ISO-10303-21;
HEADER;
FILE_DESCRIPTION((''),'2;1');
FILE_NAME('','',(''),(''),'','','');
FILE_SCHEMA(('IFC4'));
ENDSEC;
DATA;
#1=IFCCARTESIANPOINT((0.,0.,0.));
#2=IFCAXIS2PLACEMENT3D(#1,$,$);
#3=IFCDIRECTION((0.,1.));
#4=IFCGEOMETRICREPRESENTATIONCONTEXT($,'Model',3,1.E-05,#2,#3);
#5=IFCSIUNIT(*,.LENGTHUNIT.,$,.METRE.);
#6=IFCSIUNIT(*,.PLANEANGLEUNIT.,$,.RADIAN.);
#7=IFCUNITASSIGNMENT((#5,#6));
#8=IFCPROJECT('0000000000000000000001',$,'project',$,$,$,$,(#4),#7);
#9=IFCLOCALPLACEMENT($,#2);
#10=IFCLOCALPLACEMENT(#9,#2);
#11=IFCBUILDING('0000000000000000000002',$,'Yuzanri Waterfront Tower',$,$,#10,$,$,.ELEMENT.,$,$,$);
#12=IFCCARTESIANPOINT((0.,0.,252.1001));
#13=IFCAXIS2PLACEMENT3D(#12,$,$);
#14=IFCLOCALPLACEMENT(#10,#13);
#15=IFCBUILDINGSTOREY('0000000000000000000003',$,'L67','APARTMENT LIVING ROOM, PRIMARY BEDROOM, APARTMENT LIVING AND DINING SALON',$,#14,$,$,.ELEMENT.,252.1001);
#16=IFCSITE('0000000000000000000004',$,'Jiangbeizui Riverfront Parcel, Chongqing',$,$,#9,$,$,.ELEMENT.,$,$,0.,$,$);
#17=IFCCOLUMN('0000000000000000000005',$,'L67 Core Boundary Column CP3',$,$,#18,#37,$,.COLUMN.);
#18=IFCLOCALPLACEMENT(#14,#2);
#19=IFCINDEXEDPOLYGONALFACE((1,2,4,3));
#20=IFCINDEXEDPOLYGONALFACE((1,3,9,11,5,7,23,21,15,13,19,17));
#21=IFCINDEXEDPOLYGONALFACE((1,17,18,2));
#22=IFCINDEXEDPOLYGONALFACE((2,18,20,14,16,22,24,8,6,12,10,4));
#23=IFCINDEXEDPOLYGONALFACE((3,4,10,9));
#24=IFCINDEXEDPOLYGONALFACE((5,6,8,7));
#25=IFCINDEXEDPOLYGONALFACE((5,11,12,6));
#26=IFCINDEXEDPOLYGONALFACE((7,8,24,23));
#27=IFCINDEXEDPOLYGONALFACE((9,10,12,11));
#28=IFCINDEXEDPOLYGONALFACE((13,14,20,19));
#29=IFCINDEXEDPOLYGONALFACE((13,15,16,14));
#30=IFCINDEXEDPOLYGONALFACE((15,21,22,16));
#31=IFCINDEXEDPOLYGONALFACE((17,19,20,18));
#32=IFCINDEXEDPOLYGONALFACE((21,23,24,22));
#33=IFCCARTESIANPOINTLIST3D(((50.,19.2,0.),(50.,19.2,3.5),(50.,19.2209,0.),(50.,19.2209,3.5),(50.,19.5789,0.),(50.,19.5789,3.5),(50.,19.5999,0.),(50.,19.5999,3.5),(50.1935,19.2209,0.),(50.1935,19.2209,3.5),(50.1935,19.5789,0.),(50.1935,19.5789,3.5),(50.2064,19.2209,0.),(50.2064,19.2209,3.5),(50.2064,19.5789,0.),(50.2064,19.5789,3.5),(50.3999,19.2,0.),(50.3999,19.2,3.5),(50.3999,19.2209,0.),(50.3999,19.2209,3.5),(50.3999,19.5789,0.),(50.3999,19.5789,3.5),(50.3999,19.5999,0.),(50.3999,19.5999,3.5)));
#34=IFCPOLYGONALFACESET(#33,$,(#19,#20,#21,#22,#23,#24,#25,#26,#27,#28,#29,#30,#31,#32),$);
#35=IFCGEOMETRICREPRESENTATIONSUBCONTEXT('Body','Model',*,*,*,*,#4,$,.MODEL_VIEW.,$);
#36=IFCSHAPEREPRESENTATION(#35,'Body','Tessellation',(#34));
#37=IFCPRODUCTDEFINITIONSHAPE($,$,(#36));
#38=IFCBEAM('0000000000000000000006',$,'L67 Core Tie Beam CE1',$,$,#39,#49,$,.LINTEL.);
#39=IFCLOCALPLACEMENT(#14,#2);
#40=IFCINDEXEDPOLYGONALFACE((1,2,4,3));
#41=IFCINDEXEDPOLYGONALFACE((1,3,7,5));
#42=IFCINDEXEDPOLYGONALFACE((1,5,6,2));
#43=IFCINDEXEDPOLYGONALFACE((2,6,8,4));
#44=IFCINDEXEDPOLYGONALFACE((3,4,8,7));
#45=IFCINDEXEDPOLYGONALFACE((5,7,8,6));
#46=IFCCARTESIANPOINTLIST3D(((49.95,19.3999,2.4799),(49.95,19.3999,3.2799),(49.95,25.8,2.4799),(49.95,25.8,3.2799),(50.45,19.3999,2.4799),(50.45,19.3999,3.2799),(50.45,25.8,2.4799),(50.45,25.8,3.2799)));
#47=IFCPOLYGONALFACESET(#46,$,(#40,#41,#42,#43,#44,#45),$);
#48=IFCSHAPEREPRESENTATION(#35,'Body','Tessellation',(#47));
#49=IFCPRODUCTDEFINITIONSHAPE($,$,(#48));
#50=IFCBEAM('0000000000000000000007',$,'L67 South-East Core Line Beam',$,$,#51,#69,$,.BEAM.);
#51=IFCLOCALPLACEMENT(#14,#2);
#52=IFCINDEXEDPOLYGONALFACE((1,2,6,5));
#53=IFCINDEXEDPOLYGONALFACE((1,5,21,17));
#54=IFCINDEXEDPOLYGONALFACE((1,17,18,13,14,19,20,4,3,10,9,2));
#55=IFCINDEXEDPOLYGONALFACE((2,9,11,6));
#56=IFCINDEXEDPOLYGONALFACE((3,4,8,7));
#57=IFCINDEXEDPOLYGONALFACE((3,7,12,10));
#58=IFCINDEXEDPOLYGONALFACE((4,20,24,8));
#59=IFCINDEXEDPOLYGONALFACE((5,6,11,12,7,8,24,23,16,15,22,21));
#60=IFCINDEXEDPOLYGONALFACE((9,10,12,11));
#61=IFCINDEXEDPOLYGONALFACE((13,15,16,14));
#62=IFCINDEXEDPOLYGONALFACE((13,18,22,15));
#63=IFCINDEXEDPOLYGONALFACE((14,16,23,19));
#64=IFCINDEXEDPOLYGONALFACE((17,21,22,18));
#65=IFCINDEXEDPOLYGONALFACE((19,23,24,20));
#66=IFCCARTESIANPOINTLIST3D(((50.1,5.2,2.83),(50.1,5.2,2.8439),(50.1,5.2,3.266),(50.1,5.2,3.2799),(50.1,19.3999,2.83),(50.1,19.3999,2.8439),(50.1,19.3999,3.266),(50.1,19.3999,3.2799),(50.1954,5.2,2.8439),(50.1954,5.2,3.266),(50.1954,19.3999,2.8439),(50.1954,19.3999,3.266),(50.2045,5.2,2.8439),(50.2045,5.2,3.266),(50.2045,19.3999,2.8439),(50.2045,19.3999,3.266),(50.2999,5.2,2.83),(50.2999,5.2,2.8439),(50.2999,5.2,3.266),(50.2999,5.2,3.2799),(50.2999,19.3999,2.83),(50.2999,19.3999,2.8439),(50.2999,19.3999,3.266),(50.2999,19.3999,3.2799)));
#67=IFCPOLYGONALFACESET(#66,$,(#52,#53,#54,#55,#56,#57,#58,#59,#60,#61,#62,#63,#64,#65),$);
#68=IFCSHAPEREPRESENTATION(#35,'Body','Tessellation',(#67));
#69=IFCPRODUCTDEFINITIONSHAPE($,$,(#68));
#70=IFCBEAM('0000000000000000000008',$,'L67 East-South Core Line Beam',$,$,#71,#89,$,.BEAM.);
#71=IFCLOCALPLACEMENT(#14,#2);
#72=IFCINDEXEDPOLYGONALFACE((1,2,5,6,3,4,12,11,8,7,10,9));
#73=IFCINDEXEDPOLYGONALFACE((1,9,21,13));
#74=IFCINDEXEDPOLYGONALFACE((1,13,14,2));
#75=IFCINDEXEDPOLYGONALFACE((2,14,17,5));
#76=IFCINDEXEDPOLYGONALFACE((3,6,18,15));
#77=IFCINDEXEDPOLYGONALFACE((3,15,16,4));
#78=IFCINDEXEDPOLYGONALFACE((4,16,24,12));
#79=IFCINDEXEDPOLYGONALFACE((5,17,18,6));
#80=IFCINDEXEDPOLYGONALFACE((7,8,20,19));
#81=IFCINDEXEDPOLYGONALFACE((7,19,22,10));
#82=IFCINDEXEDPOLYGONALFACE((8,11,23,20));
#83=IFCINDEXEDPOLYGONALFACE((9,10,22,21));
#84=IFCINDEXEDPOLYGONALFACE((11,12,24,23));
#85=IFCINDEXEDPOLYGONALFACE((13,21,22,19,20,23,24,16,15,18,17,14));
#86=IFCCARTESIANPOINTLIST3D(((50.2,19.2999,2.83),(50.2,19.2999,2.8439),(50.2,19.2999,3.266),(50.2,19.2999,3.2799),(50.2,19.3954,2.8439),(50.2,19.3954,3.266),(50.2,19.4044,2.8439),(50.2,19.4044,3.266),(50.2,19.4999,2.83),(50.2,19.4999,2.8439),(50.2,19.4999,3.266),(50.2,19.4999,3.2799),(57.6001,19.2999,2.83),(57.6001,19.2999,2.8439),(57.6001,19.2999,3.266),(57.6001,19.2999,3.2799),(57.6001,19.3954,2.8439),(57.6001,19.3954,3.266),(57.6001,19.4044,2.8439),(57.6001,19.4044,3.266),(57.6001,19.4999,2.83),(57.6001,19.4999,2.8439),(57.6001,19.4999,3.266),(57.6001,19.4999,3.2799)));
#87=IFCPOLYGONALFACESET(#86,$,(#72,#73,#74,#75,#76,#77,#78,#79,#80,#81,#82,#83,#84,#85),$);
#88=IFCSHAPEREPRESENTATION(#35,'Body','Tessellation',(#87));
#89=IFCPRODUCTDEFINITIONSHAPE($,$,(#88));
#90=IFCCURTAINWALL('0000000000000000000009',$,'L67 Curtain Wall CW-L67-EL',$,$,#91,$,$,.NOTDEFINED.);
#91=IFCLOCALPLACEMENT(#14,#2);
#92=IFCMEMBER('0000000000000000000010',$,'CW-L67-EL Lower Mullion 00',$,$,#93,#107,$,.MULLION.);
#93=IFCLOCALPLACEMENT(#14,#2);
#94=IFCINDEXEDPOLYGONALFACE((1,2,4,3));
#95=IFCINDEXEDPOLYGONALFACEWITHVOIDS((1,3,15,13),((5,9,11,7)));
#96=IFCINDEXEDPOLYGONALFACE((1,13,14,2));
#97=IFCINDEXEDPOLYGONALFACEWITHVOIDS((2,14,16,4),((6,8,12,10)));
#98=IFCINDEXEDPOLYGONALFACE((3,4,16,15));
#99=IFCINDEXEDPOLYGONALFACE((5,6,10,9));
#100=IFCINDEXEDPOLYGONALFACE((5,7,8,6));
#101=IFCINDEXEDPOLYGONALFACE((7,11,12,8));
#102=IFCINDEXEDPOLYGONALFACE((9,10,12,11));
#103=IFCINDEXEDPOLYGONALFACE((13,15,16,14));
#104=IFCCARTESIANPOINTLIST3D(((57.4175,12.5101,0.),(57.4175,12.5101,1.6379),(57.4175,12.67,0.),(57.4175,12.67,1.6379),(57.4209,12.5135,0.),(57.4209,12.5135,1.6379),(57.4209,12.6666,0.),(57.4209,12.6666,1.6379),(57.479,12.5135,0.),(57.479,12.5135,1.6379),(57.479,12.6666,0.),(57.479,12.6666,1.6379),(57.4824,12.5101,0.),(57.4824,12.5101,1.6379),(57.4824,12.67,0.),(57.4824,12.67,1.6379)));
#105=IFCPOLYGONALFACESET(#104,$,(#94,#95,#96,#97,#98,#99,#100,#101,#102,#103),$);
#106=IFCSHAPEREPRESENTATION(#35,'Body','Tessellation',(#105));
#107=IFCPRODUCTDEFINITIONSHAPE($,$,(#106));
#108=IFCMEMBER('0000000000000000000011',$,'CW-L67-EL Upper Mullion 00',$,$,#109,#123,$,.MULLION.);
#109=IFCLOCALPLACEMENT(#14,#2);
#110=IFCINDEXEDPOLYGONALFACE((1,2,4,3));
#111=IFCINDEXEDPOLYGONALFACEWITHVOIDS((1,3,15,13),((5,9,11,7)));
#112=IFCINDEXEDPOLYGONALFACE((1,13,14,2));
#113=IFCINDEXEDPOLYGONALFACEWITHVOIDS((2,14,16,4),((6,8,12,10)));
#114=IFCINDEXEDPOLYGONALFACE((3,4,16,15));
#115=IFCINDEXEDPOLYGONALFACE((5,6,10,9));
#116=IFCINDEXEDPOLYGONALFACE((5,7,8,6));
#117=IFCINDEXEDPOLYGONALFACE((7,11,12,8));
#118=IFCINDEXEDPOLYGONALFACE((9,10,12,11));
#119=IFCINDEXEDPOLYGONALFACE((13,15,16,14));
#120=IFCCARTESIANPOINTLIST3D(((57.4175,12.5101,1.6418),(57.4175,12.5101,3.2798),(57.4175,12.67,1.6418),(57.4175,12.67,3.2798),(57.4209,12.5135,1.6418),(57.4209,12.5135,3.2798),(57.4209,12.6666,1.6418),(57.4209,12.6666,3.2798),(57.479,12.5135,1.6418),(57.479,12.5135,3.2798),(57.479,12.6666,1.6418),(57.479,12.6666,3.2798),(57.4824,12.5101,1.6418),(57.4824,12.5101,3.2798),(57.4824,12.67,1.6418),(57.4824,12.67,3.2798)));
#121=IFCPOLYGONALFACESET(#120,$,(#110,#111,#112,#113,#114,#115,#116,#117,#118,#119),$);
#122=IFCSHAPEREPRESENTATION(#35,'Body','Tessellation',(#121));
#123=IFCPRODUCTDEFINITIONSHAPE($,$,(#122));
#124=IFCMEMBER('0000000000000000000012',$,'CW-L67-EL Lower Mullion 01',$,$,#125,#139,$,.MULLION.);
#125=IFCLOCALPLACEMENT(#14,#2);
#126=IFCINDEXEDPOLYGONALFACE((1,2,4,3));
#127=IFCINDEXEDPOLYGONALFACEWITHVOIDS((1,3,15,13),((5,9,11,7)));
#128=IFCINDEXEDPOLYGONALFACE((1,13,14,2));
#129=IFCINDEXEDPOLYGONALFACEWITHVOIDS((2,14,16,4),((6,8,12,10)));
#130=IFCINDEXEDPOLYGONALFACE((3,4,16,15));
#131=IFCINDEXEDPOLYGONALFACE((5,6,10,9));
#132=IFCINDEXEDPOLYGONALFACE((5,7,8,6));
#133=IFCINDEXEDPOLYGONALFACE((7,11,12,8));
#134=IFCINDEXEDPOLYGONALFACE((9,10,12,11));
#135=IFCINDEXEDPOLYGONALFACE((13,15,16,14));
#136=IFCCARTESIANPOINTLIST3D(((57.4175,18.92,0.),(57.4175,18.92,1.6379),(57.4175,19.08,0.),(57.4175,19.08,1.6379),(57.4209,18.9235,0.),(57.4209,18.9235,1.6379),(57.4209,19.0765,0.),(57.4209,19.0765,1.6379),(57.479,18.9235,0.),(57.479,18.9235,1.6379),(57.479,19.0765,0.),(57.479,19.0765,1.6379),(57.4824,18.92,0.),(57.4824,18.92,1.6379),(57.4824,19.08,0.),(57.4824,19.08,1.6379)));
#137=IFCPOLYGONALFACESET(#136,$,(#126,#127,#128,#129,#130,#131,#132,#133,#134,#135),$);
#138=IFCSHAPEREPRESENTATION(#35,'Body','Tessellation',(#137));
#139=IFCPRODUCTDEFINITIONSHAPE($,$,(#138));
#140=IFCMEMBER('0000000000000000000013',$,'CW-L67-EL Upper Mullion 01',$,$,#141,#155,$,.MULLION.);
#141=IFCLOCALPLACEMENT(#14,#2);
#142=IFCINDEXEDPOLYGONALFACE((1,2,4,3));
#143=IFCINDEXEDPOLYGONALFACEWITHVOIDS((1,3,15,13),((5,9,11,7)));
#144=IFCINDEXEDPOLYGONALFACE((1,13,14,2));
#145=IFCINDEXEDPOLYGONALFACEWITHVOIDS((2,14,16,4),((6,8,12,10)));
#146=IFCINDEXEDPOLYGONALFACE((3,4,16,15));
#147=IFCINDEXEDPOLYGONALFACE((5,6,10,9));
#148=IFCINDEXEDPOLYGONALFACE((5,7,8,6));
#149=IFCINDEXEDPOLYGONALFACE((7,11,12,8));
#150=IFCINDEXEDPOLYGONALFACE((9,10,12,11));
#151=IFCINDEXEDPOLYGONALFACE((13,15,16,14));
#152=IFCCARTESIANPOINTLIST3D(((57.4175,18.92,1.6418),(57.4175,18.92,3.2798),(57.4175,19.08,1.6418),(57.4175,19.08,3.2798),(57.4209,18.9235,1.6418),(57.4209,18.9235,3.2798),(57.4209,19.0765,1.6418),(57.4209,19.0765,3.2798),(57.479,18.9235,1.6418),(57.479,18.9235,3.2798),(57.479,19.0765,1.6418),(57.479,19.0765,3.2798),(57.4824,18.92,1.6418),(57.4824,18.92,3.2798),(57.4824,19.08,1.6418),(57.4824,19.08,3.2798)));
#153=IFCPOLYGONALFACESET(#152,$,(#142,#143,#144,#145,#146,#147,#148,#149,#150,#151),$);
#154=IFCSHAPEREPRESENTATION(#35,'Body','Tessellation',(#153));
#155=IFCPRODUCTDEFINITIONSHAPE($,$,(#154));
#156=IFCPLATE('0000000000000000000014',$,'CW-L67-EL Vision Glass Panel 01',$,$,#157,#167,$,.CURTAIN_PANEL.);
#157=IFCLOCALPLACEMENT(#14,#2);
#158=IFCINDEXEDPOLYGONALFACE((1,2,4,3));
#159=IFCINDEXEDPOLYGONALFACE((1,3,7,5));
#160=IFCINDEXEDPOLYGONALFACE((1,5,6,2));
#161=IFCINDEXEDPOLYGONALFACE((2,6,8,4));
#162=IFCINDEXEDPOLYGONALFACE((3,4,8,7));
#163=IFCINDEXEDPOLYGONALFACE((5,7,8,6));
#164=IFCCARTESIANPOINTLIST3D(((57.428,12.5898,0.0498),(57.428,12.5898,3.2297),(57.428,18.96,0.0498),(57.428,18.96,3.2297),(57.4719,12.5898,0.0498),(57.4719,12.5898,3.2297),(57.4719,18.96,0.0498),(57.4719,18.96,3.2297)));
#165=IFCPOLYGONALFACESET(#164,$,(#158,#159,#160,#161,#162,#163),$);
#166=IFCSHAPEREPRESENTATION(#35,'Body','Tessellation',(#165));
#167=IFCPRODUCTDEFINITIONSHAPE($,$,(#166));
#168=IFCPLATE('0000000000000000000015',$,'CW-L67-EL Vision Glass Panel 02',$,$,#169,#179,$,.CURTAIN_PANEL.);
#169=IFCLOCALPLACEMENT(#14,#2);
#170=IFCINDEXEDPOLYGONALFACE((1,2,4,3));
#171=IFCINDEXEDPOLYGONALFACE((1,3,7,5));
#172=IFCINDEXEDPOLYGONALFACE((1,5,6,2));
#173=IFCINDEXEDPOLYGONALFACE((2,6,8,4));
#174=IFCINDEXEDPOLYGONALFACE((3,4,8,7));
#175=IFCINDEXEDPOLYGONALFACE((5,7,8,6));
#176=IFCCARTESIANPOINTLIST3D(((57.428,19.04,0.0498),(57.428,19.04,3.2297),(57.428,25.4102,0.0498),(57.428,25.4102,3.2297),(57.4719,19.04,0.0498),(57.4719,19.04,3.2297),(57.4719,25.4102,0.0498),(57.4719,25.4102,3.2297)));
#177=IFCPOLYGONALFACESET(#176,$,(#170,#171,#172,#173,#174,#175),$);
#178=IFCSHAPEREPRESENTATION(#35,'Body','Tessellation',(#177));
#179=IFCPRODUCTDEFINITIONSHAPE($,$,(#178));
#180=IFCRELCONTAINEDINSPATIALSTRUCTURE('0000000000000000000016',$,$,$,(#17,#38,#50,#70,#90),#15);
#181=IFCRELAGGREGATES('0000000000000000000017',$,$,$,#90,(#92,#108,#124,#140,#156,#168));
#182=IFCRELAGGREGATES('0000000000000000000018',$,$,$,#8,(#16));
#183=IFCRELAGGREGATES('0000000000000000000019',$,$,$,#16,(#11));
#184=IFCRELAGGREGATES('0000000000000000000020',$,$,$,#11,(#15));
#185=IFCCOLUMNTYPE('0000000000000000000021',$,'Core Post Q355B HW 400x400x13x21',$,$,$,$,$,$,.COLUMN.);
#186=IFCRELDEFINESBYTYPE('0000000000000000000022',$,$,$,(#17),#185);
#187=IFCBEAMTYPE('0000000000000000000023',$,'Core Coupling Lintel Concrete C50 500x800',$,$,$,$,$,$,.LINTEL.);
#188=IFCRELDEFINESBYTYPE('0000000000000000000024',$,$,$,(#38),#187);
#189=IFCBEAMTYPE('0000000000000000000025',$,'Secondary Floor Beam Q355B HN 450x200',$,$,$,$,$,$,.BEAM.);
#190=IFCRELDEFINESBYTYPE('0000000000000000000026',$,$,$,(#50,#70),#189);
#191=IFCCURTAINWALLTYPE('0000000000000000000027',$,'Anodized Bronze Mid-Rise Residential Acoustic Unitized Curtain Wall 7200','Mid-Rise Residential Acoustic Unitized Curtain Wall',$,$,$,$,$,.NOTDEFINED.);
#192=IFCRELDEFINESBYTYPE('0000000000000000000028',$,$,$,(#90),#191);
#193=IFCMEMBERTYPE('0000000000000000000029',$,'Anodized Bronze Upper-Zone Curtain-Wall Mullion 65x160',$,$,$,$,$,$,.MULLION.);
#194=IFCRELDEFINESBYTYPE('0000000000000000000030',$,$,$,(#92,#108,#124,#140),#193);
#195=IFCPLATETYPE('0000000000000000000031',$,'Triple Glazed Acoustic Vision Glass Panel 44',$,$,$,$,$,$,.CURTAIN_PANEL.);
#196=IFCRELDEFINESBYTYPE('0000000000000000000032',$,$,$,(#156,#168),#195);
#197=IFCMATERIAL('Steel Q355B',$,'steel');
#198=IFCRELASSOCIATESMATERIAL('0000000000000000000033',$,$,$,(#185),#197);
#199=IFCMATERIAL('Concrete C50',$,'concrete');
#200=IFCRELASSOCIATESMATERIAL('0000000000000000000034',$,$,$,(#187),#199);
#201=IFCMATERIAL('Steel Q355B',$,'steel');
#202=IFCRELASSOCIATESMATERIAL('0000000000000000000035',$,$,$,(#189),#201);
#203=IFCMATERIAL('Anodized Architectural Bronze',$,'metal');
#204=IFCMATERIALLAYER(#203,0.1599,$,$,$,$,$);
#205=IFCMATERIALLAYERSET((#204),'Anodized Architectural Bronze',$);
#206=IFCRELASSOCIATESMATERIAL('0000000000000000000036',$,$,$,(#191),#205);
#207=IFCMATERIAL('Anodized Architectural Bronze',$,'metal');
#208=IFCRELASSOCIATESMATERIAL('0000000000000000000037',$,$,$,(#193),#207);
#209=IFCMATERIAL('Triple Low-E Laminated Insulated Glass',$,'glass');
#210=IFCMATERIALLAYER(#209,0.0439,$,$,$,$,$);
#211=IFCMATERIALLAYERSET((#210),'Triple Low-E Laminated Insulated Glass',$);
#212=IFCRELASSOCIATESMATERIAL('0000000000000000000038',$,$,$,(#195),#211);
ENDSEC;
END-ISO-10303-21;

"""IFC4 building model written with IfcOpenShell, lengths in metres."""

from ifc_helpers import new_model, si_unit, direction, frame, origin, origin_2d, place, context, subcontext, project, spatial, rectangle, hollow_rectangle, i_section, extrude, source, transform, mapped, material, layer, layer_set, material_profile, profile_set, type_object, element, aggregate, save


model = new_model("IFC4")

# Units and contexts
model_context = context("Model", 3, precision=1e-05, world=origin(), true_north=direction((0.0, 1.0)))
body_context = subcontext(model_context, "Body", "Model", "MODEL_VIEW")
ifc_project = project(units=[si_unit("LENGTHUNIT", "METRE"), si_unit("PLANEANGLEUNIT", "RADIAN")], contexts=[model_context])

# Site, building, storey
site_placement = place(None, origin())
site = spatial("IfcSite", under=ifc_project, at=site_placement, Name="Jiangbeizui Riverfront Parcel, Chongqing", CompositionType="ELEMENT", RefElevation=0.0)
building_placement = place(site_placement, origin())
building = spatial("IfcBuilding", under=site, at=building_placement, Name="Yuzanri Waterfront Tower", CompositionType="ELEMENT")
storey_placement = place(building_placement, frame((0.0, 0.0, 252.1001)))
storey = spatial("IfcBuildingStorey", under=building, at=storey_placement, Name="L67", Description="APARTMENT LIVING ROOM, PRIMARY BEDROOM, APARTMENT LIVING AND DINING SALON", CompositionType="ELEMENT", Elevation=252.1001)

# Column
ifc_material_1 = material(Name="Steel Q355B", Category="steel")
ifc_material_profile_1 = material_profile(ifc_material_1, i_section(OverallWidth=0.3999, OverallDepth=0.3999, WebThickness=0.0129, FlangeThickness=0.021, at=origin_2d()), Name="HW 400x400x13x21")
ifc_profile_set_1 = profile_set([ifc_material_profile_1], Name="Steel Q355B")
column_type = type_object("IfcColumnType", Name="Core Post Q355B HW 400x400x13x21", PredefinedType="COLUMN", material=ifc_profile_set_1)
shared_shape_1 = source(origin(), body_context, "Body", "SweptSolid", [
    extrude(i_section(OverallWidth=0.3999, OverallDepth=0.3999, WebThickness=0.0129, FlangeThickness=0.021, at=origin_2d()), origin(), (0.0, 0.0, 1.0), 3.5),
])
column_placement = place(storey_placement, frame((50.2, 19.3999, 0.0), z_axis=(0.0, 0.0, 1.0), x_axis=(1.0, 0.0, 0.0)))
element("IfcColumn", 1, at=column_placement, inside=storey, type_object=column_type, Name="L67 Core Boundary Column CP3", PredefinedType="COLUMN", context=body_context, shape_type="MappedRepresentation", body=[
    mapped(shared_shape_1, transform((0.0, 0.0, 0.0), scale=1.0)),
])

# Beams
ifc_material_2 = material(Name="Concrete C50", Category="concrete")
ifc_material_profile_2 = material_profile(ifc_material_2, rectangle(XDim=0.5, YDim=0.8, at=origin_2d()), Name="RC 500x800")
ifc_profile_set_2 = profile_set([ifc_material_profile_2], Name="Concrete C50")
beam_type_1 = type_object("IfcBeamType", Name="Core Coupling Lintel Concrete C50 500x800", PredefinedType="LINTEL", material=ifc_profile_set_2)
shared_shape_2 = source(origin(), body_context, "Body", "SweptSolid", [
    extrude(rectangle(XDim=0.5, YDim=0.8, at=origin_2d()), origin(), (0.0, 0.0, 1.0), 6.4001),
])
beam_1_placement = place(storey_placement, frame((50.2, 19.3999, 2.8799), z_axis=(0.0, 1.0, 0.0), x_axis=(-1.0, 0.0, 0.0)))
element("IfcBeam", 2, at=beam_1_placement, inside=storey, type_object=beam_type_1, Name="L67 Core Tie Beam CE1", PredefinedType="LINTEL", context=body_context, shape_type="MappedRepresentation", body=[
    mapped(shared_shape_2, transform((0.0, 0.0, 0.0), scale=1.0)),
])
ifc_material_3 = material(Name="Steel Q355B", Category="steel")
ifc_material_profile_3 = material_profile(ifc_material_3, i_section(OverallWidth=0.2, OverallDepth=0.45, WebThickness=0.009, FlangeThickness=0.0139, at=origin_2d()), Name="HN 450x200x9x14")
ifc_profile_set_3 = profile_set([ifc_material_profile_3], Name="Steel Q355B")
beam_type_2 = type_object("IfcBeamType", Name="Secondary Floor Beam Q355B HN 450x200", PredefinedType="BEAM", material=ifc_profile_set_3)
shared_shape_3 = source(origin(), body_context, "Body", "SweptSolid", [
    extrude(i_section(OverallWidth=0.2, OverallDepth=0.45, WebThickness=0.009, FlangeThickness=0.0139, at=origin_2d()), origin(), (0.0, 0.0, 1.0), 14.2),
])
beam_2_placement = place(storey_placement, frame((50.2, 19.3999, 3.0549), z_axis=(0.0, -1.0, 0.0), x_axis=(1.0, 0.0, 0.0)))
element("IfcBeam", 3, at=beam_2_placement, inside=storey, type_object=beam_type_2, Name="L67 South-East Core Line Beam", PredefinedType="BEAM", context=body_context, shape_type="MappedRepresentation", body=[
    mapped(shared_shape_3, transform((0.0, 0.0, 0.0), scale=1.0)),
])
shared_shape_4 = source(origin(), body_context, "Body", "SweptSolid", [
    extrude(i_section(OverallWidth=0.2, OverallDepth=0.45, WebThickness=0.009, FlangeThickness=0.0139, at=origin_2d()), origin(), (0.0, 0.0, 1.0), 7.4001),
])
beam_3_placement = place(storey_placement, frame((50.2, 19.3999, 3.0549), z_axis=(1.0, 0.0, 0.0), x_axis=(0.0, 1.0, 0.0)))
element("IfcBeam", 4, at=beam_3_placement, inside=storey, type_object=beam_type_2, Name="L67 East-South Core Line Beam", PredefinedType="BEAM", context=body_context, shape_type="MappedRepresentation", body=[
    mapped(shared_shape_4, transform((0.0, 0.0, 0.0), scale=1.0)),
])

# Curtain wall, members, plates
ifc_material_4 = material(Name="Anodized Architectural Bronze", Category="metal")
ifc_layer_1 = layer(ifc_material_4, 0.1599)
ifc_layer_set_1 = layer_set([ifc_layer_1], Name="Anodized Architectural Bronze")
curtain_wall_type = type_object("IfcCurtainWallType", Name="Anodized Bronze Mid-Rise Residential Acoustic Unitized Curtain Wall 7200", Description="Mid-Rise Residential Acoustic Unitized Curtain Wall", PredefinedType="NOTDEFINED", material=ifc_layer_set_1)
curtain_wall_placement = place(storey_placement, origin())
curtain_wall = element("IfcCurtainWall", 5, at=curtain_wall_placement, inside=storey, type_object=curtain_wall_type, Name="L67 Curtain Wall CW-L67-EL", PredefinedType="NOTDEFINED")
ifc_material_5 = material(Name="Anodized Architectural Bronze", Category="metal")
ifc_material_profile_4 = material_profile(ifc_material_5, hollow_rectangle(XDim=0.0649, YDim=0.1599, WallThickness=0.0034, at=origin_2d()), Name="CWM 65x160")
ifc_profile_set_4 = profile_set([ifc_material_profile_4], Name="Anodized Architectural Bronze")
member_type = type_object("IfcMemberType", Name="Anodized Bronze Upper-Zone Curtain-Wall Mullion 65x160", PredefinedType="MULLION", material=ifc_profile_set_4)
shared_shape_5 = source(origin(), body_context, "Body", "SweptSolid", [
    extrude(hollow_rectangle(XDim=0.0649, YDim=0.1599, WallThickness=0.0034, at=origin_2d()), origin(), (0.0, 0.0, 1.0), 1.6379),
])
member_1_placement = place(storey_placement, frame((57.45, 12.5901, 0.0), z_axis=(0.0, 0.0, 1.0), x_axis=(1.0, 0.0, 0.0)))
member_1 = element("IfcMember", 6, at=member_1_placement, type_object=member_type, Name="CW-L67-EL Lower Mullion 00", PredefinedType="MULLION", context=body_context, shape_type="MappedRepresentation", body=[
    mapped(shared_shape_5, transform((0.0, 0.0, 0.0), scale=1.0)),
])
member_2_placement = place(storey_placement, frame((57.45, 12.5901, 1.6418), z_axis=(0.0, 0.0, 1.0), x_axis=(1.0, 0.0, 0.0)))
member_2 = element("IfcMember", 7, at=member_2_placement, type_object=member_type, Name="CW-L67-EL Upper Mullion 00", PredefinedType="MULLION", context=body_context, shape_type="MappedRepresentation", body=[
    mapped(shared_shape_5, transform((0.0, 0.0, 0.0), scale=1.0)),
])
member_3_placement = place(storey_placement, frame((57.45, 19.0, 0.0), z_axis=(0.0, 0.0, 1.0), x_axis=(1.0, 0.0, 0.0)))
member_3 = element("IfcMember", 8, at=member_3_placement, type_object=member_type, Name="CW-L67-EL Lower Mullion 01", PredefinedType="MULLION", context=body_context, shape_type="MappedRepresentation", body=[
    mapped(shared_shape_5, transform((0.0, 0.0, 0.0), scale=1.0)),
])
member_4_placement = place(storey_placement, frame((57.45, 19.0, 1.6418), z_axis=(0.0, 0.0, 1.0), x_axis=(1.0, 0.0, 0.0)))
member_4 = element("IfcMember", 9, at=member_4_placement, type_object=member_type, Name="CW-L67-EL Upper Mullion 01", PredefinedType="MULLION", context=body_context, shape_type="MappedRepresentation", body=[
    mapped(shared_shape_5, transform((0.0, 0.0, 0.0), scale=1.0)),
])
ifc_material_6 = material(Name="Triple Low-E Laminated Insulated Glass", Category="glass")
ifc_layer_2 = layer(ifc_material_6, 0.0439)
ifc_layer_set_2 = layer_set([ifc_layer_2], Name="Triple Low-E Laminated Insulated Glass")
plate_type = type_object("IfcPlateType", Name="Triple Glazed Acoustic Vision Glass Panel 44", PredefinedType="CURTAIN_PANEL", material=ifc_layer_set_2)
shared_shape_6 = source(origin(), body_context, "Body", "SweptSolid", [
    extrude(rectangle(XDim=6.3701, YDim=0.0439, at=origin_2d()), origin(), (0.0, 0.0, 1.0), 3.1799),
])
plate_1_placement = place(storey_placement, frame((57.45, 15.7749, 0.0498), z_axis=(0.0, 0.0, 1.0), x_axis=(0.0, 1.0, 0.0)))
plate_1 = element("IfcPlate", 10, at=plate_1_placement, type_object=plate_type, Name="CW-L67-EL Vision Glass Panel 01", PredefinedType="CURTAIN_PANEL", context=body_context, shape_type="MappedRepresentation", body=[
    mapped(shared_shape_6, transform((0.0, 0.0, 0.0), scale=1.0)),
])
plate_2_placement = place(storey_placement, frame((57.45, 22.2251, 0.0498), z_axis=(0.0, 0.0, 1.0), x_axis=(0.0, 1.0, 0.0)))
plate_2 = element("IfcPlate", 11, at=plate_2_placement, type_object=plate_type, Name="CW-L67-EL Vision Glass Panel 02", PredefinedType="CURTAIN_PANEL", context=body_context, shape_type="MappedRepresentation", body=[
    mapped(shared_shape_6, transform((0.0, 0.0, 0.0), scale=1.0)),
])
aggregate(curtain_wall, [member_1, member_2, member_3, member_4, plate_1, plate_2])

save(model, "model.ifc")
